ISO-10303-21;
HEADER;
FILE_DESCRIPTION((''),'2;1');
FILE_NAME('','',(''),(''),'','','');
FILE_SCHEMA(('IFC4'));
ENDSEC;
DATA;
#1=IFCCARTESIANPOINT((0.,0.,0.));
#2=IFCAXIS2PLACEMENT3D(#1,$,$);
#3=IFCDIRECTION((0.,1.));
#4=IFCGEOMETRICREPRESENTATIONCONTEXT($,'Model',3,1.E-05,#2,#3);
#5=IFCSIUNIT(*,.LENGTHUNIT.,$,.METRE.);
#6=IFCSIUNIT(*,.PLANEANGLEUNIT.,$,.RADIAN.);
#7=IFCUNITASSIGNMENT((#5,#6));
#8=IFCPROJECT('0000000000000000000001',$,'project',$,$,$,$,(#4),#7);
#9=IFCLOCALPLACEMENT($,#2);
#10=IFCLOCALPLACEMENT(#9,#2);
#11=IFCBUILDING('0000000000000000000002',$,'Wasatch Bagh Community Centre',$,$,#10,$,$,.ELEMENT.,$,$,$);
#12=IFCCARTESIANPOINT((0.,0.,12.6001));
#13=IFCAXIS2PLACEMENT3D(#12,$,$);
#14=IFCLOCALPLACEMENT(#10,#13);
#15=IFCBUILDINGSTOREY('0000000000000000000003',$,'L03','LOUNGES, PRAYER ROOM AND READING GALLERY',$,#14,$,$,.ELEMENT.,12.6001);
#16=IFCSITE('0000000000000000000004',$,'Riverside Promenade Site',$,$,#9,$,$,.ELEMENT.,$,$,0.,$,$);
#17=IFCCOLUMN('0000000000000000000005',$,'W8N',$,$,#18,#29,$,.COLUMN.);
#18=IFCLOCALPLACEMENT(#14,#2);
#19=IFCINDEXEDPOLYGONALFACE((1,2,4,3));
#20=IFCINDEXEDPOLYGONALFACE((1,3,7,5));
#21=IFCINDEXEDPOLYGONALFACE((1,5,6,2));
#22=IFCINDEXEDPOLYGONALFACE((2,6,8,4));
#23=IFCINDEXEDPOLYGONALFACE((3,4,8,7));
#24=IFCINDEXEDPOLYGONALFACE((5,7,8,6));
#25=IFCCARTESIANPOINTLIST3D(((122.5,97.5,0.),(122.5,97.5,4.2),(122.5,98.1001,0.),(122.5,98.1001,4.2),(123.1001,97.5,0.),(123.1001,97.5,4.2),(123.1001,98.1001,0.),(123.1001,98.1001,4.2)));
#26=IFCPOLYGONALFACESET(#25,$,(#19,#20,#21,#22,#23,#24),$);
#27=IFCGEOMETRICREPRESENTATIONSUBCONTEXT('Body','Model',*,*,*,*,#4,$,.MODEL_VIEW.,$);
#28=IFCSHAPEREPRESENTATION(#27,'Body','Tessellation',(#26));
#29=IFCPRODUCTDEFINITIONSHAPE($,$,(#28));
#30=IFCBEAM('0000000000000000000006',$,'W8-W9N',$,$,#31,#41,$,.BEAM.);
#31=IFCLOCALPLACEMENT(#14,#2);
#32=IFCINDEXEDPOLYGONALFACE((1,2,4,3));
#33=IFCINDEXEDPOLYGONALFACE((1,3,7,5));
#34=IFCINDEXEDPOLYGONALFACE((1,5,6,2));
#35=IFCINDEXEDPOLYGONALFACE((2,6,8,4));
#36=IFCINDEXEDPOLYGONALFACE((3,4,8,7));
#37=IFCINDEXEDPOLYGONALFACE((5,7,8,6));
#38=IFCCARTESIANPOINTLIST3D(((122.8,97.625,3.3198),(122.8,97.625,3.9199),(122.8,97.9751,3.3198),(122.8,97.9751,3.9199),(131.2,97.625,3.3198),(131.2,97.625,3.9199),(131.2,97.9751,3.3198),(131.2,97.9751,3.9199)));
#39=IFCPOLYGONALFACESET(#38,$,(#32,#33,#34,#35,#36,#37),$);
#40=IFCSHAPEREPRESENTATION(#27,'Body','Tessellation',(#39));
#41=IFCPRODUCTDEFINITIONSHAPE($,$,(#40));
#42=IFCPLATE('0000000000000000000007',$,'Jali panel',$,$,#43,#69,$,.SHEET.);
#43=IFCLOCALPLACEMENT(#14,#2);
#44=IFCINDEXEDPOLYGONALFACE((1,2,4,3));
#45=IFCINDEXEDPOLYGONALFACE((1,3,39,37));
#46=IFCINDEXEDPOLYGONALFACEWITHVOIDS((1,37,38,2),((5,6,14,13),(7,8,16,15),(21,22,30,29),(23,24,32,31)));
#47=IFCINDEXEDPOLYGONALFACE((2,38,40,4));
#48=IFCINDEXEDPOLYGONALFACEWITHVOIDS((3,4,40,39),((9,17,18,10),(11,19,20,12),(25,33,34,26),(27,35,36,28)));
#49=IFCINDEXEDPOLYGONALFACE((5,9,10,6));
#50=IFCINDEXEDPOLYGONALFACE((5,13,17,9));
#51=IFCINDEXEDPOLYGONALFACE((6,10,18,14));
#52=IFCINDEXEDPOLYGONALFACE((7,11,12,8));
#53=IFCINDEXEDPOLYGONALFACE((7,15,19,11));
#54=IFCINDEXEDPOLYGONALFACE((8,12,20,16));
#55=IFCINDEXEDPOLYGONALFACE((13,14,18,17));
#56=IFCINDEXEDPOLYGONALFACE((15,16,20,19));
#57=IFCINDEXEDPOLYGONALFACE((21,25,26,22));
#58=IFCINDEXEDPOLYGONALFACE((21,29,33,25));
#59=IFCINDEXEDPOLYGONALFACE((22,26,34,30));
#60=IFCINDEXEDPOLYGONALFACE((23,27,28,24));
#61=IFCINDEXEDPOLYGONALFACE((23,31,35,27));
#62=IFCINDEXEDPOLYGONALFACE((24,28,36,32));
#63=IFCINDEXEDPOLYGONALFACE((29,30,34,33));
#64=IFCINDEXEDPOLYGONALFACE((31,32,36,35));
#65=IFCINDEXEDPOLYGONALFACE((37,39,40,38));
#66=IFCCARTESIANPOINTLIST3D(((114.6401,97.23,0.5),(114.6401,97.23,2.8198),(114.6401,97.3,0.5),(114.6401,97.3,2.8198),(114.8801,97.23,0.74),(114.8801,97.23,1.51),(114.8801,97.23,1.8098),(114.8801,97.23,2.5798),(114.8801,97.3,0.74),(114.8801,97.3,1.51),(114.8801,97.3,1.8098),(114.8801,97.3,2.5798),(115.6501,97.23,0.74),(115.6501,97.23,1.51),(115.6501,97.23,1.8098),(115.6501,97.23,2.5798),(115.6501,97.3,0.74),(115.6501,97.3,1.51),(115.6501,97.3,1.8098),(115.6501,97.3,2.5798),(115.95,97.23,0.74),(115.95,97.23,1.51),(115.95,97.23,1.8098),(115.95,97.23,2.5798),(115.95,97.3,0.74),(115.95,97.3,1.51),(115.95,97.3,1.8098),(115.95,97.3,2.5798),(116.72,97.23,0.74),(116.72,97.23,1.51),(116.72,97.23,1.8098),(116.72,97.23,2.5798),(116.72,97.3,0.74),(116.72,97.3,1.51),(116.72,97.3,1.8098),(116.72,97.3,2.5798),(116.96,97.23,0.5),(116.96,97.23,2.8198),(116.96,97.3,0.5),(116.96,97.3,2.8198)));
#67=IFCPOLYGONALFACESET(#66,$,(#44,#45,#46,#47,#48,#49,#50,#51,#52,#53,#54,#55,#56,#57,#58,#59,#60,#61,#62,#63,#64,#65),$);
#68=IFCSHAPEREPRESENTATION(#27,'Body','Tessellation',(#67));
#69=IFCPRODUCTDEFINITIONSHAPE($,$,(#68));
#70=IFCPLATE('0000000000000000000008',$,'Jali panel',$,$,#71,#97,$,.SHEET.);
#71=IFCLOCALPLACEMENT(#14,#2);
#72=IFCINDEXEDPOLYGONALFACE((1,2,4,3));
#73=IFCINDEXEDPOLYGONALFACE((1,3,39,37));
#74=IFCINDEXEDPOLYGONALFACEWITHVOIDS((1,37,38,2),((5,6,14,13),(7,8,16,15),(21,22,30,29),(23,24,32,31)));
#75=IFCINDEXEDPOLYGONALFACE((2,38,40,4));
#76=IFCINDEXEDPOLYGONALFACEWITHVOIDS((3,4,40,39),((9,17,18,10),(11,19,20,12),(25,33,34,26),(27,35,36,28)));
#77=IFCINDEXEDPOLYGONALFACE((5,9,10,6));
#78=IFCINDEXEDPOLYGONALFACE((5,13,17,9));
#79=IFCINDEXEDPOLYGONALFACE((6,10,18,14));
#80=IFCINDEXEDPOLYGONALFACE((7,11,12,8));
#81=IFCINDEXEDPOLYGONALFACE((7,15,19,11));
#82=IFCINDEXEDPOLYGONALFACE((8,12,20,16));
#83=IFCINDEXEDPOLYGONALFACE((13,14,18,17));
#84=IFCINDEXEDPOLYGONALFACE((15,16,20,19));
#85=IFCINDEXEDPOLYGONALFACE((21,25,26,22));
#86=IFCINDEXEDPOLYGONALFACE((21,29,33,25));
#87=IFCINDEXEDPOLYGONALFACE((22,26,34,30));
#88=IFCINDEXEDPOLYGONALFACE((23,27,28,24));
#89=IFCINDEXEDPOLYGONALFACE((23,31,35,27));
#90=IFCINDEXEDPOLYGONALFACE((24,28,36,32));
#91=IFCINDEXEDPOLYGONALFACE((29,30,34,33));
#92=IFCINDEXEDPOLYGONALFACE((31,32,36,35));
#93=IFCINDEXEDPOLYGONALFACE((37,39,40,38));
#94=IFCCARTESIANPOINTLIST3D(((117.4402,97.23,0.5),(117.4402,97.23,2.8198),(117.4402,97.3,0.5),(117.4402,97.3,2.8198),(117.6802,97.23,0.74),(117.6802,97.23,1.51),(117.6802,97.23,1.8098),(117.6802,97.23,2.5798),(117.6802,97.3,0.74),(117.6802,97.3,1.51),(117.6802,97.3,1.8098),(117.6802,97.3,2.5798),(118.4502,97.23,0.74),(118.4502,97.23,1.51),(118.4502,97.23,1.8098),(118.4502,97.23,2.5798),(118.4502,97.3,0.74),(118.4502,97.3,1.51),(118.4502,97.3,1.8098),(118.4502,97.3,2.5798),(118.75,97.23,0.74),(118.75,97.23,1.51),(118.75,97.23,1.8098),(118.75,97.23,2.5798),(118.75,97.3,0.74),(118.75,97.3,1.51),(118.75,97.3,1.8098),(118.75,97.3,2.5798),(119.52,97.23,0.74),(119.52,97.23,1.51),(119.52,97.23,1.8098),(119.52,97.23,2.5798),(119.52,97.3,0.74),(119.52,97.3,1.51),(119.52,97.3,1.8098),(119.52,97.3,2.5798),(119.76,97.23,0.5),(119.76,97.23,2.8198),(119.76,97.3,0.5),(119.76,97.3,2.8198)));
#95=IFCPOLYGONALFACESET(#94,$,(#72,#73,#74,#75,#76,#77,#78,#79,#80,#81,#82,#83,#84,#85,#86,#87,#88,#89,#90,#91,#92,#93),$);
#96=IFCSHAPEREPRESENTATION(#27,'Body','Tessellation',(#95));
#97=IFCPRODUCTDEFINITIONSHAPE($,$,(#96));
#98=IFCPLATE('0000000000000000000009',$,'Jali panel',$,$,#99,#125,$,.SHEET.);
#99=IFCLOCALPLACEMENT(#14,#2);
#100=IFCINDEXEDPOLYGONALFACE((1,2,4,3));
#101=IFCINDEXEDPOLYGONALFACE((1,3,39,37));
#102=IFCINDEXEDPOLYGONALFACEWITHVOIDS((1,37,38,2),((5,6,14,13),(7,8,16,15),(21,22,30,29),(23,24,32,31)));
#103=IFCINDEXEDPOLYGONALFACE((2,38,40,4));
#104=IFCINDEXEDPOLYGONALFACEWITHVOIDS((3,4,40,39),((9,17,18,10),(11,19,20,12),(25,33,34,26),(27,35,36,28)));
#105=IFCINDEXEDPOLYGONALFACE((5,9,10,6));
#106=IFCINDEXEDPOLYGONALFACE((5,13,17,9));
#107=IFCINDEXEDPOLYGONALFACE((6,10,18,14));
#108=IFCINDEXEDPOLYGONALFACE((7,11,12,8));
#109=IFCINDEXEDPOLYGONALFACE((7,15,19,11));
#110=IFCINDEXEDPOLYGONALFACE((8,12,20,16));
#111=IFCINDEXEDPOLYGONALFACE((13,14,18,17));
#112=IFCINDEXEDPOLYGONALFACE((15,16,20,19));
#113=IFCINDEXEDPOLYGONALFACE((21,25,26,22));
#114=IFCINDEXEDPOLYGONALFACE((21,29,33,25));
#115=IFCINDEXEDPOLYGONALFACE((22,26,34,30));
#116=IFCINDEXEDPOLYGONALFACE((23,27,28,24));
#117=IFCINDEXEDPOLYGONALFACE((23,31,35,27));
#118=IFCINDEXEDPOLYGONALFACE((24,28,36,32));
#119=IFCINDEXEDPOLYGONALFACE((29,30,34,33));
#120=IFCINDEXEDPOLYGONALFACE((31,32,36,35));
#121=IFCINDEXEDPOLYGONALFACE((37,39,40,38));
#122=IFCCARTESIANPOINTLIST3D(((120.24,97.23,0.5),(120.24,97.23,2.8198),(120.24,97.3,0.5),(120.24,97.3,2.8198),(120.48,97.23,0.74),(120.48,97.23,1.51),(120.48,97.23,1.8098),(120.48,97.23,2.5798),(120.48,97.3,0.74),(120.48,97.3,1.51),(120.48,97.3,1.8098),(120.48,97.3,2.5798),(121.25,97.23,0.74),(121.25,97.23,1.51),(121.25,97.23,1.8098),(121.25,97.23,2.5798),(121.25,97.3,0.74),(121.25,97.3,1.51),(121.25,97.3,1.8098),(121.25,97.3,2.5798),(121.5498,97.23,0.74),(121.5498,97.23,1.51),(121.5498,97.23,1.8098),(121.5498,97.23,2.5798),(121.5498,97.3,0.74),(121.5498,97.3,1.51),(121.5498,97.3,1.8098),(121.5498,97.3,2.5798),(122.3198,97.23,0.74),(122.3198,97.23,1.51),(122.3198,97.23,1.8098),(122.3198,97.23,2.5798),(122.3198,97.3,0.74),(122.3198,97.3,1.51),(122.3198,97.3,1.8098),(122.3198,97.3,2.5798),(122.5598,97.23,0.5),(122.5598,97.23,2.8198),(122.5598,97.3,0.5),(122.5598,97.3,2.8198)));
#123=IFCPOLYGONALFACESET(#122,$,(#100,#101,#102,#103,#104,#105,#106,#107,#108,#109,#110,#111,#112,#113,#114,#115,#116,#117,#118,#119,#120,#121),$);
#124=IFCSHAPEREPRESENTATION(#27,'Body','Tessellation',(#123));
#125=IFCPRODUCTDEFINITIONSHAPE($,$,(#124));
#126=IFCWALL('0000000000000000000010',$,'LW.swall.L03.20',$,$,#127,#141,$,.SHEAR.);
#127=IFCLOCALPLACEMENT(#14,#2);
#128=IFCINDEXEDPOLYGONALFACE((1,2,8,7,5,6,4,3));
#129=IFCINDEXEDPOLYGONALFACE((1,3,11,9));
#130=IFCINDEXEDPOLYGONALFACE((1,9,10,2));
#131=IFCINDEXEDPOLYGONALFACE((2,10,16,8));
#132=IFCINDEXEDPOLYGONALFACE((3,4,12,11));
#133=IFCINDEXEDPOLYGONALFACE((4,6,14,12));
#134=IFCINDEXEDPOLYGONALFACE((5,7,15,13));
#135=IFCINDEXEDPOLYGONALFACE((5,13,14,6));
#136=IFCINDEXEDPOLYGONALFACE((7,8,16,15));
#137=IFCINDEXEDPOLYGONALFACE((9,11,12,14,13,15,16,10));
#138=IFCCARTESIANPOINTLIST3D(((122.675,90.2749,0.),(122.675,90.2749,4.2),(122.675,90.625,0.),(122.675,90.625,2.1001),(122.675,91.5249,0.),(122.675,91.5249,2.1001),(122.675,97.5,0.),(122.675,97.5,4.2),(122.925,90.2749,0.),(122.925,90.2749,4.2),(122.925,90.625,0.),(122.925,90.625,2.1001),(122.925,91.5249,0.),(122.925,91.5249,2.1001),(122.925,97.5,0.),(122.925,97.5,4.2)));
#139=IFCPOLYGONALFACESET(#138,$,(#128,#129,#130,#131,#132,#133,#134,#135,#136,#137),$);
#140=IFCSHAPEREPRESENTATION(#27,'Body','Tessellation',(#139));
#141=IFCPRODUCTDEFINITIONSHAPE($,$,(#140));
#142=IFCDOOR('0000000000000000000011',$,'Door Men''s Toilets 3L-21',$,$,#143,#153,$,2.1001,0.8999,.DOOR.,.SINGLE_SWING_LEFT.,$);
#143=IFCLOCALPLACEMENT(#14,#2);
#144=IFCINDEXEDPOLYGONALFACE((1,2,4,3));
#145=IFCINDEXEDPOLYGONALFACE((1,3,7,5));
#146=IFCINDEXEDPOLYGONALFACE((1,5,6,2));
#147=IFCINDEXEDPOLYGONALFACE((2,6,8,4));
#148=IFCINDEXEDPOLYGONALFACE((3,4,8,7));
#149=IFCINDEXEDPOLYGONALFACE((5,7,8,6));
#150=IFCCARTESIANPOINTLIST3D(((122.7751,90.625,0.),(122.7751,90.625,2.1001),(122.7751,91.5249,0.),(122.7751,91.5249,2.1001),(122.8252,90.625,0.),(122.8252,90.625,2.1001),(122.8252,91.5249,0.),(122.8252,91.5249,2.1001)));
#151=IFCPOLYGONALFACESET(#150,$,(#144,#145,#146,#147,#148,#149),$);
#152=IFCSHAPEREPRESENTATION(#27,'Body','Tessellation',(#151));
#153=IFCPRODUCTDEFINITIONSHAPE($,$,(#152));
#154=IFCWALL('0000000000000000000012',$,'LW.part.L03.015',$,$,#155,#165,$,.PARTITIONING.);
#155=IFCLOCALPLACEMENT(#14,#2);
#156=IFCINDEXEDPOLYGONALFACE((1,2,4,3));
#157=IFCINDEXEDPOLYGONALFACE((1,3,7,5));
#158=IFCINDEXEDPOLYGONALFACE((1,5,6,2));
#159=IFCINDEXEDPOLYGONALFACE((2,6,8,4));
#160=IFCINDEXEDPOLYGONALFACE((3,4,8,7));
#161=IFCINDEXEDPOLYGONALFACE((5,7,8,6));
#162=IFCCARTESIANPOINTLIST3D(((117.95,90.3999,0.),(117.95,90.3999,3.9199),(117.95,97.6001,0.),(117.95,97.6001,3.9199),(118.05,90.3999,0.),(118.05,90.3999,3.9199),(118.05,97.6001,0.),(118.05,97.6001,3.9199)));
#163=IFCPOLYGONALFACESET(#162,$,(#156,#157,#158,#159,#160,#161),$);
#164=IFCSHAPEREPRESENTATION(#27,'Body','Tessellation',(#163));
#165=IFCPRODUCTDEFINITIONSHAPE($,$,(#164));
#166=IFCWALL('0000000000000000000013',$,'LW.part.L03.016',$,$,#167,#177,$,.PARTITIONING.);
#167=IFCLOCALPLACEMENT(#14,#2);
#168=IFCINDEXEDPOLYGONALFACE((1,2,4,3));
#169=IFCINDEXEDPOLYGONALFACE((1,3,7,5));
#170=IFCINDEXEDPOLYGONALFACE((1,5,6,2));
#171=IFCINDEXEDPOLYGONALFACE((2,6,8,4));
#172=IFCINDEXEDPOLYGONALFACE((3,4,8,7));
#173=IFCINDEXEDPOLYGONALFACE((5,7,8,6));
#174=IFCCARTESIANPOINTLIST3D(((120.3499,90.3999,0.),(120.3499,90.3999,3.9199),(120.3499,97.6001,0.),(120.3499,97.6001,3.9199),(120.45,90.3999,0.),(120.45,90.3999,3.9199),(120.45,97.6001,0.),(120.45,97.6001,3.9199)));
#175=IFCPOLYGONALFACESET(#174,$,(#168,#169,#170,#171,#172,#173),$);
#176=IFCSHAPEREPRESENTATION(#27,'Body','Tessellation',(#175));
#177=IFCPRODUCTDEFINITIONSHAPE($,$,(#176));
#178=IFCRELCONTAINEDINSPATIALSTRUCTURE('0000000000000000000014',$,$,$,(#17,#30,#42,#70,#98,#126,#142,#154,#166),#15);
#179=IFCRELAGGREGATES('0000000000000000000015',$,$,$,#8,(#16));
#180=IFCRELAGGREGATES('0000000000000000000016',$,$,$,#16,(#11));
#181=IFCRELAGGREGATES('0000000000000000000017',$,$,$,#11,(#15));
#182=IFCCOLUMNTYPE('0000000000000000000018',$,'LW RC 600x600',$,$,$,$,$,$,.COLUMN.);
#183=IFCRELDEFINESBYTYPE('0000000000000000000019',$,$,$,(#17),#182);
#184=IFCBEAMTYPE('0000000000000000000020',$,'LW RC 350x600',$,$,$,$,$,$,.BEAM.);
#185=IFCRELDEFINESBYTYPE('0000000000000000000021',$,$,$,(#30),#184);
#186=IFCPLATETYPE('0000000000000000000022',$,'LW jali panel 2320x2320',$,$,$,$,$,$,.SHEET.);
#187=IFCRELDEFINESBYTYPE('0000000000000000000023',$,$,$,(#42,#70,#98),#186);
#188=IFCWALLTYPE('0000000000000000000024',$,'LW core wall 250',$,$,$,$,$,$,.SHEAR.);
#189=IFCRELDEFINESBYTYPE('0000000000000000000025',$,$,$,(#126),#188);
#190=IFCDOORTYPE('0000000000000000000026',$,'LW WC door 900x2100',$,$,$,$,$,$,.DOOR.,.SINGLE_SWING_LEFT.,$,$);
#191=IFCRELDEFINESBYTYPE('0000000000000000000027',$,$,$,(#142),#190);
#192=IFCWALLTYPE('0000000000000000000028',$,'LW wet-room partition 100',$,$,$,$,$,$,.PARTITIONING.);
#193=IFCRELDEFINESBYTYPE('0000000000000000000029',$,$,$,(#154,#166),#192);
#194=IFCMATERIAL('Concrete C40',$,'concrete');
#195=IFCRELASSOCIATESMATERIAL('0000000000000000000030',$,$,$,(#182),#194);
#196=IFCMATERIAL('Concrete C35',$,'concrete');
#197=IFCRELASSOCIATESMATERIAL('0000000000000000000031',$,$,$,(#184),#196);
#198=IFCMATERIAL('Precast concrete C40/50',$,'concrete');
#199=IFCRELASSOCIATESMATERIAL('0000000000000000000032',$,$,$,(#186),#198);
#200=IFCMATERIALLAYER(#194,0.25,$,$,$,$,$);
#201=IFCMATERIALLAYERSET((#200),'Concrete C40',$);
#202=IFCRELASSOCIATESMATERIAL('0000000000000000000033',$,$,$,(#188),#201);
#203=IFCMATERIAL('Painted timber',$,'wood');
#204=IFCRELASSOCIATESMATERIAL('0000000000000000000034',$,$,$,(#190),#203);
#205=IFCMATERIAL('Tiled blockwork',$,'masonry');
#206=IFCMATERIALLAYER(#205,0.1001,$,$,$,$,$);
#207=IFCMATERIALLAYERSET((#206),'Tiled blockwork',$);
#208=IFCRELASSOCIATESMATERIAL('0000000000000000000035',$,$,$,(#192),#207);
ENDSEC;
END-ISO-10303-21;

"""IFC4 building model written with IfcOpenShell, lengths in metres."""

from ifc_helpers import new_model, si_unit, direction, frame, frame_2d, origin, origin_2d, place, context, subcontext, project, spatial, polyline, rectangle, outline, extrude, material, layer, layer_set, material_profile, profile_set, type_object, element, fill, save


model = new_model("IFC4")

# Units and contexts
model_context = context("Model", 3, precision=1e-05, world=origin(), true_north=direction((0.0, 1.0)))
body_context = subcontext(model_context, "Body", "Model", "MODEL_VIEW")
ifc_project = project(units=[si_unit("LENGTHUNIT", "METRE"), si_unit("PLANEANGLEUNIT", "RADIAN")], contexts=[model_context])

# Site, building, storey
site_placement = place(None, origin())
site = spatial("IfcSite", under=ifc_project, at=site_placement, Name="Riverside Promenade Site", CompositionType="ELEMENT", RefElevation=0.0)
building_placement = place(site_placement, origin())
building = spatial("IfcBuilding", under=site, at=building_placement, Name="Wasatch Bagh Community Centre", CompositionType="ELEMENT")
storey_placement = place(building_placement, frame((0.0, 0.0, 12.6001)))
storey = spatial("IfcBuildingStorey", under=building, at=storey_placement, Name="L03", Description="LOUNGES, PRAYER ROOM AND READING GALLERY", CompositionType="ELEMENT", Elevation=12.6001)

# Column
ifc_material_1 = material(Name="Concrete C40", Category="concrete")
ifc_material_profile_1 = material_profile(ifc_material_1, rectangle(XDim=0.6001, YDim=0.6001, at=origin_2d()), Name="RC 600x600")
ifc_profile_set_1 = profile_set([ifc_material_profile_1], Name="Concrete C40")
column_type = type_object("IfcColumnType", Name="LW RC 600x600", PredefinedType="COLUMN", material=ifc_profile_set_1)
column_placement = place(storey_placement, frame((122.8, 97.8, 0.0), z_axis=(0.0, 0.0, 1.0), x_axis=(1.0, 0.0, 0.0)))
element("IfcColumn", 1, at=column_placement, inside=storey, type_object=column_type, Name="W8N", PredefinedType="COLUMN", context=body_context, shape_type="SweptSolid", body=[
    extrude(rectangle(XDim=0.6001, YDim=0.6001, at=origin_2d()), origin(), (0.0, 0.0, 1.0), 4.2),
])

# Beam
ifc_material_2 = material(Name="Concrete C35", Category="concrete")
ifc_material_profile_2 = material_profile(ifc_material_2, rectangle(XDim=0.3501, YDim=0.6001, at=origin_2d()), Name="RC 350x600")
ifc_profile_set_2 = profile_set([ifc_material_profile_2], Name="Concrete C35")
beam_type = type_object("IfcBeamType", Name="LW RC 350x600", PredefinedType="BEAM", material=ifc_profile_set_2)
beam_placement = place(storey_placement, frame((122.8, 97.8, 3.6199), z_axis=(1.0, 0.0, 0.0), x_axis=(0.0, 1.0, 0.0)))
element("IfcBeam", 2, at=beam_placement, inside=storey, type_object=beam_type, Name="W8-W9N", PredefinedType="BEAM", context=body_context, shape_type="SweptSolid", body=[
    extrude(rectangle(XDim=0.3501, YDim=0.6001, at=origin_2d()), origin(), (0.0, 0.0, 1.0), 8.3999),
])

# Plates
ifc_material_3 = material(Name="Precast concrete C40/50", Category="concrete")
ifc_material_profile_3 = material_profile(ifc_material_3, outline(polyline([(-1.1599, -1.1599), (1.1599, -1.1599), (1.1599, 1.1599), (-1.1599, 1.1599), (-1.1599, -1.1599)]), holes=[polyline([(-0.9199, -0.9199), (-0.1499, -0.9199), (-0.1499, -0.1499), (-0.9199, -0.1499), (-0.9199, -0.9199)]), polyline([(-0.9199, 0.1499), (-0.1499, 0.1499), (-0.1499, 0.9199), (-0.9199, 0.9199), (-0.9199, 0.1499)]), polyline([(0.1499, -0.9199), (0.9199, -0.9199), (0.9199, -0.1499), (0.1499, -0.1499), (0.1499, -0.9199)]), polyline([(0.1499, 0.1499), (0.9199, 0.1499), (0.9199, 0.9199), (0.1499, 0.9199), (0.1499, 0.1499)])]), Name="Jali lattice")
ifc_profile_set_3 = profile_set([ifc_material_profile_3], Name="Precast concrete C40/50")
plate_type = type_object("IfcPlateType", Name="LW jali panel 2320x2320", PredefinedType="SHEET", material=ifc_profile_set_3)
for number, where, z_axis, x_axis, name in (
    (3, (115.8, 97.3, 1.6599), (0.0, -1.0, 0.0), (1.0, 0.0, 0.0), "Jali panel"),
    (4, (118.6001, 97.3, 1.6599), (0.0, -1.0, 0.0), (1.0, 0.0, 0.0), "Jali panel"),
    (5, (121.3999, 97.3, 1.6599), (0.0, -1.0, 0.0), (1.0, 0.0, 0.0), "Jali panel"),
):
    element("IfcPlate", number, at=place(storey_placement, frame(where, z_axis=z_axis, x_axis=x_axis)), inside=storey, type_object=plate_type, Name=name, PredefinedType="SHEET", context=body_context, shape_type="SweptSolid", body=[
        extrude(outline(polyline([(-1.1599, -1.1599), (1.1599, -1.1599), (1.1599, 1.1599), (-1.1599, 1.1599), (-1.1599, -1.1599)]), holes=[polyline([(-0.9199, -0.9199), (-0.1499, -0.9199), (-0.1499, -0.1499), (-0.9199, -0.1499), (-0.9199, -0.9199)]), polyline([(-0.9199, 0.1499), (-0.1499, 0.1499), (-0.1499, 0.9199), (-0.9199, 0.9199), (-0.9199, 0.1499)]), polyline([(0.1499, -0.9199), (0.9199, -0.9199), (0.9199, -0.1499), (0.1499, -0.1499), (0.1499, -0.9199)]), polyline([(0.1499, 0.1499), (0.9199, 0.1499), (0.9199, 0.9199), (0.1499, 0.9199), (0.1499, 0.1499)])]), origin(), (0.0, 0.0, 1.0), 0.0701),
    ])

# Wall, opening, door
ifc_layer_1 = layer(ifc_material_1, 0.25)
ifc_layer_set_1 = layer_set([ifc_layer_1], Name="Concrete C40")
wall_type_1 = type_object("IfcWallType", Name="LW core wall 250", PredefinedType="SHEAR", material=ifc_layer_set_1)
wall_placement = place(storey_placement, frame((122.8, 90.2749, 0.0), z_axis=(0.0, 0.0, 1.0), x_axis=(0.0, 1.0, 0.0)))
wall = element("IfcWall", 6, at=wall_placement, inside=storey, type_object=wall_type_1, Name="LW.swall.L03.20", PredefinedType="SHEAR", context=body_context, shape_type="SweptSolid", body=[
    extrude(rectangle(XDim=7.2251, YDim=0.25, at=frame_2d((3.6125, 0.0))), origin(), (0.0, 0.0, 1.0), 4.2),
])
opening_placement = place(wall_placement, frame((0.3501, 0.0, 0.0)))
opening = element("IfcOpeningElement", 7, at=opening_placement, cuts=wall, PredefinedType="OPENING", context=body_context, shape_type="SweptSolid", body=[
    extrude(rectangle(XDim=0.8999, YDim=2.1001, at=frame_2d((0.45, 1.05))), frame((0.0, 0.135, 0.0), z_axis=(0.0, -1.0, 0.0), x_axis=(1.0, 0.0, 0.0)), (0.0, 0.0, 1.0), 0.27),
])
ifc_material_4 = material(Name="Painted timber", Category="wood")
door_type = type_object("IfcDoorType", Name="LW WC door 900x2100", OperationType="SINGLE_SWING_LEFT", PredefinedType="DOOR", material=ifc_material_4)
door_placement = place(opening_placement, origin())
door = element("IfcDoor", 8, at=door_placement, inside=storey, type_object=door_type, Name="Door Men's Toilets 3L-21", OperationType="SINGLE_SWING_LEFT", OverallHeight=2.1001, OverallWidth=0.8999, PredefinedType="DOOR", context=body_context, shape_type="SweptSolid", body=[
    extrude(rectangle(XDim=0.8999, YDim=2.1001, at=frame_2d((0.45, 1.05))), frame((0.0, 0.0249, 0.0), z_axis=(0.0, -1.0, 0.0), x_axis=(1.0, 0.0, 0.0)), (0.0, 0.0, 1.0), 0.05),
])
fill(opening, door)

# Walls
ifc_material_5 = material(Name="Tiled blockwork", Category="masonry")
ifc_layer_2 = layer(ifc_material_5, 0.1001)
ifc_layer_set_2 = layer_set([ifc_layer_2], Name="Tiled blockwork")
wall_type_2 = type_object("IfcWallType", Name="LW wet-room partition 100", PredefinedType="PARTITIONING", material=ifc_layer_set_2)
for number, where, z_axis, x_axis, name in (
    (9, (118.0, 90.3999, 0.0), (0.0, 0.0, 1.0), (0.0, 1.0, 0.0), "LW.part.L03.015"),
    (10, (120.3999, 90.3999, 0.0), (0.0, 0.0, 1.0), (0.0, 1.0, 0.0), "LW.part.L03.016"),
):
    element("IfcWall", number, at=place(storey_placement, frame(where, z_axis=z_axis, x_axis=x_axis)), inside=storey, type_object=wall_type_2, Name=name, PredefinedType="PARTITIONING", context=body_context, shape_type="SweptSolid", body=[
        extrude(rectangle(XDim=7.2002, YDim=0.1001, at=frame_2d((3.6001, 0.0))), origin(), (0.0, 0.0, 1.0), 3.9199),
    ])

save(model, "model.ifc")
